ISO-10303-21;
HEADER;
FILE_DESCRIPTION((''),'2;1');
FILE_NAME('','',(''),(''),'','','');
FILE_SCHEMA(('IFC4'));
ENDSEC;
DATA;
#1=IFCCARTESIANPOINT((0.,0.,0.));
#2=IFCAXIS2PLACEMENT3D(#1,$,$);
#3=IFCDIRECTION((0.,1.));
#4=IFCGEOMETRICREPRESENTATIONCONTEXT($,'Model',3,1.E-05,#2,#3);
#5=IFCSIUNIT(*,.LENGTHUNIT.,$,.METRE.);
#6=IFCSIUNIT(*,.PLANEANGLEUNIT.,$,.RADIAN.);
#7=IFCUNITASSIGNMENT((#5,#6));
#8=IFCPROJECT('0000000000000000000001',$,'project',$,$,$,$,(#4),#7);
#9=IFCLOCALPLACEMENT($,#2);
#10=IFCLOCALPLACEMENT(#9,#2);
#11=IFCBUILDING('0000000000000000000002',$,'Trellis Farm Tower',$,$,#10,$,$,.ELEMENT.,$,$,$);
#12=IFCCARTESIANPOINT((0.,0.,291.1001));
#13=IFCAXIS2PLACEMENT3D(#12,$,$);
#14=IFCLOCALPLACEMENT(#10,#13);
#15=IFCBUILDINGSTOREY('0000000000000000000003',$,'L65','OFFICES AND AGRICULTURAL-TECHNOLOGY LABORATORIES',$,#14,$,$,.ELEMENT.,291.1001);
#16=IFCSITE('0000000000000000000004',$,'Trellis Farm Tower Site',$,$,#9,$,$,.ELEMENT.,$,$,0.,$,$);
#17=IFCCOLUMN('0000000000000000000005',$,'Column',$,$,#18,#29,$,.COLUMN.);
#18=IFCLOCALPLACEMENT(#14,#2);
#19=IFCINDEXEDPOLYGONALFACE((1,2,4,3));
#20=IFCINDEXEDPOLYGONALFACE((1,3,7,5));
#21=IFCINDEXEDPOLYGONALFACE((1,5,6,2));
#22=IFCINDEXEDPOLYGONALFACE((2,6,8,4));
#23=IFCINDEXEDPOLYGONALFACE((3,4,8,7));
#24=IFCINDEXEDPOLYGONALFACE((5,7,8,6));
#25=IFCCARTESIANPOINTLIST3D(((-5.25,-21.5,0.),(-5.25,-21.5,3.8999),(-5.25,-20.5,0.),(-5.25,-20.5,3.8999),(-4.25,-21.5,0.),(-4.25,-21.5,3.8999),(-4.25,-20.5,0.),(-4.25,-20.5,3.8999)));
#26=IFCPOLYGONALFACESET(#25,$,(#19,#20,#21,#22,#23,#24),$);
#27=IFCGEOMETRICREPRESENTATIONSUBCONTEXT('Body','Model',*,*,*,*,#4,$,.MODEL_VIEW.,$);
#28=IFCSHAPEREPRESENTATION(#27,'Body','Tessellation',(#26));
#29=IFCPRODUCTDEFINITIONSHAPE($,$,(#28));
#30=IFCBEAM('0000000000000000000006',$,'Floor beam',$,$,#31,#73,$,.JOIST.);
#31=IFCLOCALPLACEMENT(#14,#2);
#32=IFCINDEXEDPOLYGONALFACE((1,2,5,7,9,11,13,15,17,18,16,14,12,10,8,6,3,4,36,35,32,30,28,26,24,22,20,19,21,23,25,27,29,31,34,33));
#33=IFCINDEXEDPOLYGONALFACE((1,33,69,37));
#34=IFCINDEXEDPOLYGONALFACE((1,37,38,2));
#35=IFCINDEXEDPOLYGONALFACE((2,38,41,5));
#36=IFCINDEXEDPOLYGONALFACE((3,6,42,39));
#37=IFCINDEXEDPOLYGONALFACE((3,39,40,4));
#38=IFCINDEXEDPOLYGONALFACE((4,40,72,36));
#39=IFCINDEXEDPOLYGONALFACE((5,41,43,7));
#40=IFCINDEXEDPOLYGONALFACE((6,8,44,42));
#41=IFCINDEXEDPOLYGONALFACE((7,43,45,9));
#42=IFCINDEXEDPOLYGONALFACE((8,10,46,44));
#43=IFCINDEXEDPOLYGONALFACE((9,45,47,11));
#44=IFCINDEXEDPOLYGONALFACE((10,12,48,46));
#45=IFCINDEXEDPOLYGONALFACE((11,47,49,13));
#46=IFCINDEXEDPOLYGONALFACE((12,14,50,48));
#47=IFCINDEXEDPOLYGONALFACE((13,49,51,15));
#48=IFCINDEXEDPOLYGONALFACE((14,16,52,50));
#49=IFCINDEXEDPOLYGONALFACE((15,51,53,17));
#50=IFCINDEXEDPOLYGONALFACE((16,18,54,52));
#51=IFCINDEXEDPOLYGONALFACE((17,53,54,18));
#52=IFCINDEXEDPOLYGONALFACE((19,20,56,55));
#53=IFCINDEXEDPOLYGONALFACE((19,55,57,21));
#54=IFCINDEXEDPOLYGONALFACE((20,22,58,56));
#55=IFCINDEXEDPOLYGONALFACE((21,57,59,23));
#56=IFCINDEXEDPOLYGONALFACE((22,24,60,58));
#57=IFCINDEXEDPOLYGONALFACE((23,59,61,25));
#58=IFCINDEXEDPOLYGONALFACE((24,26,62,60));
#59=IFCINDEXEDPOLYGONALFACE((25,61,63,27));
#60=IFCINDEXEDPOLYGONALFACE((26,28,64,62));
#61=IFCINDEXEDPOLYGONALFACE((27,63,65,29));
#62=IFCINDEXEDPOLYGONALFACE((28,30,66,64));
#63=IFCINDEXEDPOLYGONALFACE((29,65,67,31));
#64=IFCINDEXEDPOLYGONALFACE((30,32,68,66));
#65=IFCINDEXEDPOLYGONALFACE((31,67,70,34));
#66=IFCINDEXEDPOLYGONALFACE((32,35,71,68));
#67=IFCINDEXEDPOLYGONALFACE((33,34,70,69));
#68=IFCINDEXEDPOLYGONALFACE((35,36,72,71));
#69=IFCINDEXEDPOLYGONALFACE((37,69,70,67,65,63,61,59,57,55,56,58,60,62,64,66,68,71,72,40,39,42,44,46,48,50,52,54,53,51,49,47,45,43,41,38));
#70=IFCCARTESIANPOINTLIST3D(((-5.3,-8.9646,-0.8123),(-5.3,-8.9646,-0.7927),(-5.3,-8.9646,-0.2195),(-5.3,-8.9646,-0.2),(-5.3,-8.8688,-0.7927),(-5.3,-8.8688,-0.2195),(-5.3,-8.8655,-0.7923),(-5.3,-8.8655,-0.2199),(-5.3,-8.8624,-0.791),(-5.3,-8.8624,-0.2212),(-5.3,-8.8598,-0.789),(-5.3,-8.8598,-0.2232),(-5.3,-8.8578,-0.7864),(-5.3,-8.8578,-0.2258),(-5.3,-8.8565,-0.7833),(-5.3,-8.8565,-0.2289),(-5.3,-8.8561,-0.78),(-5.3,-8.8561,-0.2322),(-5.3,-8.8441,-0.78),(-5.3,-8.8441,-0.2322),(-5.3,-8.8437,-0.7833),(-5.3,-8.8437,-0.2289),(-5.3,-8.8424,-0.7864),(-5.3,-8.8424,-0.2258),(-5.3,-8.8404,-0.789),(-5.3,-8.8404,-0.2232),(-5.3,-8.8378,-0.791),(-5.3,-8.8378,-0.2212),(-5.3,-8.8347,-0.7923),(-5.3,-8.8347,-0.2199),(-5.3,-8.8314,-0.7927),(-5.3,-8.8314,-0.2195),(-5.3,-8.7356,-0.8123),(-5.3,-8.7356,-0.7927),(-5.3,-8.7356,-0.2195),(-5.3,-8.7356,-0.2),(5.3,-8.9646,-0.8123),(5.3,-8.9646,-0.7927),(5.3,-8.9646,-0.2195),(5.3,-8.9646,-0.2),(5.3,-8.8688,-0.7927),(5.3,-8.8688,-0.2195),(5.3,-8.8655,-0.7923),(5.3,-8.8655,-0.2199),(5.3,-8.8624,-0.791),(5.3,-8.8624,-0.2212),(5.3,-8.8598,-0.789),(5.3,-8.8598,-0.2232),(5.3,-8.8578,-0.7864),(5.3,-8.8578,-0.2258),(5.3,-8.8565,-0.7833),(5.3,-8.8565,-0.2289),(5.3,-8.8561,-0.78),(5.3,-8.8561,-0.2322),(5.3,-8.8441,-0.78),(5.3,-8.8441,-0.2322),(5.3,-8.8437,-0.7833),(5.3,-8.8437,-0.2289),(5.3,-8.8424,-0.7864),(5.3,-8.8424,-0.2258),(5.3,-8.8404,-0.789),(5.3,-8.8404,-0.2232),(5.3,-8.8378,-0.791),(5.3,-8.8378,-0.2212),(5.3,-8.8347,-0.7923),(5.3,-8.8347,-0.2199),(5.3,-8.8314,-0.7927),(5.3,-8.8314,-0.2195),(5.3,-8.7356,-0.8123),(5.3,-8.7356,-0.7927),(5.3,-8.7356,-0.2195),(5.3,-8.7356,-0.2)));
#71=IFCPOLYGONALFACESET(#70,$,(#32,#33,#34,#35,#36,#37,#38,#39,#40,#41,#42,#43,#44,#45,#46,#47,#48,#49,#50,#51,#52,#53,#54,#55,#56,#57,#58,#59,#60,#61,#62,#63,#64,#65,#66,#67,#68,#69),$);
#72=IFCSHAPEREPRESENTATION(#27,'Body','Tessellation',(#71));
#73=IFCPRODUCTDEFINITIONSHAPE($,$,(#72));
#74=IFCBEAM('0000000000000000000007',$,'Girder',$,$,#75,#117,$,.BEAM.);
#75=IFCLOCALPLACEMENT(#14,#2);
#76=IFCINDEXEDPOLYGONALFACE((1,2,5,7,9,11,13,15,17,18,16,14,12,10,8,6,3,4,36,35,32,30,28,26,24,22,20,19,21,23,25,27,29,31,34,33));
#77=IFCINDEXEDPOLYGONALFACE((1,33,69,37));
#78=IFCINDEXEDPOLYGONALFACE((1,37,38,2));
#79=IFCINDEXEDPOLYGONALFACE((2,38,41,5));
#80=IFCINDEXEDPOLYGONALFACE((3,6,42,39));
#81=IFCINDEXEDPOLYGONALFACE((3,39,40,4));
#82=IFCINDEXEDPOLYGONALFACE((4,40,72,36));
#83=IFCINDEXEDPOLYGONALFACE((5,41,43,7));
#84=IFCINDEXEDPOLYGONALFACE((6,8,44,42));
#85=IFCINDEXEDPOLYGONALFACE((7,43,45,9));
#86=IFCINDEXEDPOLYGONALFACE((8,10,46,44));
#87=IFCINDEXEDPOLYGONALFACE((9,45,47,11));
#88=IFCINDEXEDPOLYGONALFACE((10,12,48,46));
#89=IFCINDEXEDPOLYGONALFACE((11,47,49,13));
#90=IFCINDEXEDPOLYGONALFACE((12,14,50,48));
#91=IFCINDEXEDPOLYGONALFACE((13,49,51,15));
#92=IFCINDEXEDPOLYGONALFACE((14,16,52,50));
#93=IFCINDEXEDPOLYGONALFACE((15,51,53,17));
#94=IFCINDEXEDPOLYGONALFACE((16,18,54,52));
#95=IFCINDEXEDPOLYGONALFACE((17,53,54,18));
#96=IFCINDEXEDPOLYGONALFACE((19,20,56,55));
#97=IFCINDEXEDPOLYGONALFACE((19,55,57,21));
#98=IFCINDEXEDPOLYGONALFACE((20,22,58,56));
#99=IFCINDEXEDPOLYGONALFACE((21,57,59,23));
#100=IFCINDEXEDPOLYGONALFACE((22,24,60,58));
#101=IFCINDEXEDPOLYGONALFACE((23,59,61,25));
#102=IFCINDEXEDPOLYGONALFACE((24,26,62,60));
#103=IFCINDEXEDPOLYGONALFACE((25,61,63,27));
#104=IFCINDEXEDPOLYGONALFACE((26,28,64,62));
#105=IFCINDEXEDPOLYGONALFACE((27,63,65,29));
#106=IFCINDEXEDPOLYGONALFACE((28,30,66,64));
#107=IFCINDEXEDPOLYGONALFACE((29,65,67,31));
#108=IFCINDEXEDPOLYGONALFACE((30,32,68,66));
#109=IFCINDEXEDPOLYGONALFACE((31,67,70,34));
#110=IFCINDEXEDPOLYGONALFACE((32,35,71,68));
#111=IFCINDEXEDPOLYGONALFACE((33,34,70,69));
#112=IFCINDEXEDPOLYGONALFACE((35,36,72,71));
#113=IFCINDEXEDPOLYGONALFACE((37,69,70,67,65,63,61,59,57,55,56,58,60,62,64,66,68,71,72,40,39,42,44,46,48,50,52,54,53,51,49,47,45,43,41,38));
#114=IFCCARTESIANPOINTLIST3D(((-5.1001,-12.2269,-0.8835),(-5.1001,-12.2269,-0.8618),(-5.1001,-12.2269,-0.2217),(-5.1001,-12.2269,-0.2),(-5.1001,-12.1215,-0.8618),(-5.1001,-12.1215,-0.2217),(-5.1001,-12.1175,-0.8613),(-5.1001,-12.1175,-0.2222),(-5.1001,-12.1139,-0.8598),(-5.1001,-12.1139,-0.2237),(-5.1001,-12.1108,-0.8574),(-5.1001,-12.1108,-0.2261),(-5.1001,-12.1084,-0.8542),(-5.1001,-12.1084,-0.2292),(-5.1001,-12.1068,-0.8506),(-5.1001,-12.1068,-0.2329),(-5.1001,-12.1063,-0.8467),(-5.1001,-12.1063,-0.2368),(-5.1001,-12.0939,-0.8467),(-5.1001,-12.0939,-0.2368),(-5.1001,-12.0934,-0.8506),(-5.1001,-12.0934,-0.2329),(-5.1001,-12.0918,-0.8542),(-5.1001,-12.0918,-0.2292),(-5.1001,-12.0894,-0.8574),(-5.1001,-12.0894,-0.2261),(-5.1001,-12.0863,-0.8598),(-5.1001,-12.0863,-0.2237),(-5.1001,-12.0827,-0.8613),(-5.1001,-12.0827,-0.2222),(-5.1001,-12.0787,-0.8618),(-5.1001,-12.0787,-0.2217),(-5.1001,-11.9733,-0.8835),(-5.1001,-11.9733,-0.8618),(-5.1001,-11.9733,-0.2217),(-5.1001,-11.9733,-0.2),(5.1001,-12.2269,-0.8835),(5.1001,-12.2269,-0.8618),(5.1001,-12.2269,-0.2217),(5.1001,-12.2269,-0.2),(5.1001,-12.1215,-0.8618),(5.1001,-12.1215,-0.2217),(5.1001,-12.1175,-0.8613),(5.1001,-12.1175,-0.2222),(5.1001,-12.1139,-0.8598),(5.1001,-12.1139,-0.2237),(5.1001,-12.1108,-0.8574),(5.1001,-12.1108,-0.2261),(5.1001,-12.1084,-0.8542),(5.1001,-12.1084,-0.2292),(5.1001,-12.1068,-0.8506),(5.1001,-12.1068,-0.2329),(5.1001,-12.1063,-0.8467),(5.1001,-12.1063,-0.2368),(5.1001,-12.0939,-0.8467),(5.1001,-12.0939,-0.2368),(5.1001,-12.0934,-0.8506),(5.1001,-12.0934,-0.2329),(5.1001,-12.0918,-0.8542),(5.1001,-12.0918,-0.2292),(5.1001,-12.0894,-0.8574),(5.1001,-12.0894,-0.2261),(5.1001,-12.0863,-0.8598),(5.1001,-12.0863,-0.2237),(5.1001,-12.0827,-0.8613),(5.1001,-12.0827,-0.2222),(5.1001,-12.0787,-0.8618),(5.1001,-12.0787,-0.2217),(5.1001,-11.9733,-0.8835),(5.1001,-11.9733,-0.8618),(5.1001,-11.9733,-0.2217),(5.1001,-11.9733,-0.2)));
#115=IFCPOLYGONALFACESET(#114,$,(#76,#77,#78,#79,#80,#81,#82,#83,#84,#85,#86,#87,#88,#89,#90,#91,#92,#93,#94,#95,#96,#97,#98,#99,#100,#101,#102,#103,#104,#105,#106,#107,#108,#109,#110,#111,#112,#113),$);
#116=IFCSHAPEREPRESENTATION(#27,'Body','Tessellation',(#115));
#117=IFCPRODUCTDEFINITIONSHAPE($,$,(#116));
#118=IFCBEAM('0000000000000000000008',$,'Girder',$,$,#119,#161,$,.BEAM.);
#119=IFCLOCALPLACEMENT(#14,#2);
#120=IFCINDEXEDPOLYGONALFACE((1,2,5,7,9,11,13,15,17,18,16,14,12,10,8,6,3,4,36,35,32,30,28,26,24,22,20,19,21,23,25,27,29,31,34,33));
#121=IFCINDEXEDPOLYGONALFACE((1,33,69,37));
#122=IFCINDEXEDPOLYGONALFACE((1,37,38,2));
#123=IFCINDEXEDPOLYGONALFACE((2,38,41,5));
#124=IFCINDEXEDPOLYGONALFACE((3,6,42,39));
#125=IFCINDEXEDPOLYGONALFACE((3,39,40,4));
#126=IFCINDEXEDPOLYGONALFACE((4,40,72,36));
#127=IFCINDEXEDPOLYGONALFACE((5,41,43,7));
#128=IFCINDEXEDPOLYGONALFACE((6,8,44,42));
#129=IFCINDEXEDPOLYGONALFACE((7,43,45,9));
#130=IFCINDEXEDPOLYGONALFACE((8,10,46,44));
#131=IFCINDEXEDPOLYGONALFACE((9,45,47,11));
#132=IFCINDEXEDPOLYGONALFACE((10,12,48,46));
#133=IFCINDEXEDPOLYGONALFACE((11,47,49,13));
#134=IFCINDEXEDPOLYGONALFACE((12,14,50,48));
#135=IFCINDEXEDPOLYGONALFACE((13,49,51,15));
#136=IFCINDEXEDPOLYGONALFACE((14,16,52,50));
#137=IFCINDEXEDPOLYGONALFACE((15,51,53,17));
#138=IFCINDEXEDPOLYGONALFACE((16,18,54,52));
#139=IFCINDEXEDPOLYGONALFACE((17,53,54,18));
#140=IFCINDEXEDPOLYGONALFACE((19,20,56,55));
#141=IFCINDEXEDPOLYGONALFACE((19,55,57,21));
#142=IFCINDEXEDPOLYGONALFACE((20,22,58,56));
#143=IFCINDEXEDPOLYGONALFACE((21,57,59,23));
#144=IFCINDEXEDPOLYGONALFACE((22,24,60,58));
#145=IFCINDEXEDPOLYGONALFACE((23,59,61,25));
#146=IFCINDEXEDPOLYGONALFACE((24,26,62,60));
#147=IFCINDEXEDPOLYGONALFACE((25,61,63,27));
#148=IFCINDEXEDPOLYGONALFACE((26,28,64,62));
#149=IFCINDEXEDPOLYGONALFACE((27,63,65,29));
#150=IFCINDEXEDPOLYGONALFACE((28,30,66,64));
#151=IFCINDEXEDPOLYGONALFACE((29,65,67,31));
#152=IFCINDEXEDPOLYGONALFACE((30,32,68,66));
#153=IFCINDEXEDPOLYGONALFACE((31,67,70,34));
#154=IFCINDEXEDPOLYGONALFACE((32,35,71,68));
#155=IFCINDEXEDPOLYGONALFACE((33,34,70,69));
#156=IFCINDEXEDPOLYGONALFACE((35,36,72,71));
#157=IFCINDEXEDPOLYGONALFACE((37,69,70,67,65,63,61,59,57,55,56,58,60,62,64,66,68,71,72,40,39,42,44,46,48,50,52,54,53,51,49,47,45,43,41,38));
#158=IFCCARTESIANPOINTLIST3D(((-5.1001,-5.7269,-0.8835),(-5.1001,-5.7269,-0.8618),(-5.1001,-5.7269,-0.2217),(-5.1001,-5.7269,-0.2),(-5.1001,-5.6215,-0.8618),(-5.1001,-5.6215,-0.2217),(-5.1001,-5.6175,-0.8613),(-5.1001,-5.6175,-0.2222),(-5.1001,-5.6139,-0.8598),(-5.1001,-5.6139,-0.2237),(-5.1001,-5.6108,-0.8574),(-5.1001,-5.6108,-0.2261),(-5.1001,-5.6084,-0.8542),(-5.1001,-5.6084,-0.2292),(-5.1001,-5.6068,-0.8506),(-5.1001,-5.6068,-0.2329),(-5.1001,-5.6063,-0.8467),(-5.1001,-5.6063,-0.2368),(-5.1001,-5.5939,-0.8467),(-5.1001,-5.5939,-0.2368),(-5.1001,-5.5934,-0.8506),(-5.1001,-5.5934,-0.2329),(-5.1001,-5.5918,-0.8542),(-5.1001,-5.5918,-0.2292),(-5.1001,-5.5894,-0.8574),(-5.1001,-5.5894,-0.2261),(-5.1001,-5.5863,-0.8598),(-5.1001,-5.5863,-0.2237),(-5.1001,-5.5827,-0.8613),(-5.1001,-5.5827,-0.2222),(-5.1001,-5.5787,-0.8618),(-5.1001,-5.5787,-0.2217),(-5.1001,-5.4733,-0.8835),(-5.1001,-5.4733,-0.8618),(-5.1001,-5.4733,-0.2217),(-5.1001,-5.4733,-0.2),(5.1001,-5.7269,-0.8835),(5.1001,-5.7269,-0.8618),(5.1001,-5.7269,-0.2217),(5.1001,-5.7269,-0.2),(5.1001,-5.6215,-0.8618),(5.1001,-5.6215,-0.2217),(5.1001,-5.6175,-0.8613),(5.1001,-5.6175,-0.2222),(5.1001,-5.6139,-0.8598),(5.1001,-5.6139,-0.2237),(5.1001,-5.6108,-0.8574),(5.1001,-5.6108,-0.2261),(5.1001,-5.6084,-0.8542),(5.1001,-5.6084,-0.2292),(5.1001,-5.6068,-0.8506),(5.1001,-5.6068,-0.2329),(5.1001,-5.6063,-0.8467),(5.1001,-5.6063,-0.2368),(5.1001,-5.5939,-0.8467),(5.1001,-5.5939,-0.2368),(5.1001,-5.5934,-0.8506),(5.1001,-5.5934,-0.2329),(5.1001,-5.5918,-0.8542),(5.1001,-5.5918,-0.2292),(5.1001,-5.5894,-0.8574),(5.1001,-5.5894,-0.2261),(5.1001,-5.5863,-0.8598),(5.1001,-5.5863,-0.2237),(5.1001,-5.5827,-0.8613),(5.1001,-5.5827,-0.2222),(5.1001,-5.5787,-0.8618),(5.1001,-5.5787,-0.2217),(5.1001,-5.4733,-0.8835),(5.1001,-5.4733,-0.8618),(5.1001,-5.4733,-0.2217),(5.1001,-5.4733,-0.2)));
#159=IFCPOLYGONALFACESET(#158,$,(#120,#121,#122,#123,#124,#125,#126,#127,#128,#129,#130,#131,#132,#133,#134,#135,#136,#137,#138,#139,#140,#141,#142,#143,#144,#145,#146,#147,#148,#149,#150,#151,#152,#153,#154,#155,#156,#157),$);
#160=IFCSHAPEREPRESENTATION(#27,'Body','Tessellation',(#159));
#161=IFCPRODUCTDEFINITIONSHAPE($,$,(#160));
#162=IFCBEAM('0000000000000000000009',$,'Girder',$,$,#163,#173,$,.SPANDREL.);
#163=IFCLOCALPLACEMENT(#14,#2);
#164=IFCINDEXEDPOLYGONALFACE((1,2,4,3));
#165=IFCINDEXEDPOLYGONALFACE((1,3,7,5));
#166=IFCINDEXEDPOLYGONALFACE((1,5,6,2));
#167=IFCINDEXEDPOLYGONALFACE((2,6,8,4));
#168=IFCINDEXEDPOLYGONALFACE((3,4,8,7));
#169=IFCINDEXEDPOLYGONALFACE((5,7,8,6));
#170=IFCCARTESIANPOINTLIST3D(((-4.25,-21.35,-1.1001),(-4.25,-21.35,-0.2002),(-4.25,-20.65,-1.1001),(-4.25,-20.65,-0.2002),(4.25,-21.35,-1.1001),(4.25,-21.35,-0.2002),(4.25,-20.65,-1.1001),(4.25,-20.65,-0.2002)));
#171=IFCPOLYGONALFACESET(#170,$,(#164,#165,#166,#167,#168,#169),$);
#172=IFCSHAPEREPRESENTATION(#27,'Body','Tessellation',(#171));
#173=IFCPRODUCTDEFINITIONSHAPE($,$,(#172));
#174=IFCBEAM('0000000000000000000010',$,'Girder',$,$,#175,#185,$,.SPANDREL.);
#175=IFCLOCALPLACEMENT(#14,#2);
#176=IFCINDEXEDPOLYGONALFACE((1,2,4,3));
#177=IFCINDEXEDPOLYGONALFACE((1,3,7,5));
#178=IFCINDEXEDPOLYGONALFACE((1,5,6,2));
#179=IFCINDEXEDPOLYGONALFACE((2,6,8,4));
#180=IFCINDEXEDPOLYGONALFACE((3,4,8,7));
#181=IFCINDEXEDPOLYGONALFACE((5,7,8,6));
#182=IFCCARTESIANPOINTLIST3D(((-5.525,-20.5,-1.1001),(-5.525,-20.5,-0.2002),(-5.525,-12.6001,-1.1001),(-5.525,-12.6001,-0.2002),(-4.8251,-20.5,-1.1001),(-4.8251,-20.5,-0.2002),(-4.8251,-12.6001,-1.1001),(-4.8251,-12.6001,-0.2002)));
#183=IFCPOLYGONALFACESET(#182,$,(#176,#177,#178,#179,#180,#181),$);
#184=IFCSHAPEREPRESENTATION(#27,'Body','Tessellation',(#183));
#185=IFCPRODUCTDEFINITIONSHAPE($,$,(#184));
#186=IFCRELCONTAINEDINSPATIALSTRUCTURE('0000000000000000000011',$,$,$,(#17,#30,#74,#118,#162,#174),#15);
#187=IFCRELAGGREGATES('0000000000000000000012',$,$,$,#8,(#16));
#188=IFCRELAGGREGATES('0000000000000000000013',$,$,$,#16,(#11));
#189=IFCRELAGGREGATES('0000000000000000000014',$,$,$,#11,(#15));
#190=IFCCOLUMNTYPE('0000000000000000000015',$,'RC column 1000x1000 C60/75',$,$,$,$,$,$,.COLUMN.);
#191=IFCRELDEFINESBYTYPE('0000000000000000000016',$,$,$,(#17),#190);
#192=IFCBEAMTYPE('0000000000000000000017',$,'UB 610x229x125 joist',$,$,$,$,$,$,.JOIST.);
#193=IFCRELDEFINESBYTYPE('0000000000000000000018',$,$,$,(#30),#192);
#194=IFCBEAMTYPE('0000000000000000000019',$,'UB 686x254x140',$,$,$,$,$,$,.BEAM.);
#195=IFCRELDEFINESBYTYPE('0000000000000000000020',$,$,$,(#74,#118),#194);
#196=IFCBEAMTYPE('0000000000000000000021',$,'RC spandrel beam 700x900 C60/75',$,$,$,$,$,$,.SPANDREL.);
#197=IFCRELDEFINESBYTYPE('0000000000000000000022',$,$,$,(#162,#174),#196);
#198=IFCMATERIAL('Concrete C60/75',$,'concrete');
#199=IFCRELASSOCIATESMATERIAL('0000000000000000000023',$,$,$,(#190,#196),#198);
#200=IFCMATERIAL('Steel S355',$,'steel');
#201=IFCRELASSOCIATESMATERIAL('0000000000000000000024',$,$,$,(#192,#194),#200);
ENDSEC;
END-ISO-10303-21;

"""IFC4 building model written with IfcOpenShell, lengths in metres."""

from ifc_helpers import new_model, si_unit, direction, frame, origin, origin_2d, place, context, subcontext, project, spatial, rectangle, i_section, extrude, source, transform, mapped, material, material_profile, profile_set, type_object, element, save


model = new_model("IFC4")

# Units and contexts
model_context = context("Model", 3, precision=1e-05, world=origin(), true_north=direction((0.0, 1.0)))
body_context = subcontext(model_context, "Body", "Model", "MODEL_VIEW")
ifc_project = project(units=[si_unit("LENGTHUNIT", "METRE"), si_unit("PLANEANGLEUNIT", "RADIAN")], contexts=[model_context])

# Site, building, storey
site_placement = place(None, origin())
site = spatial("IfcSite", under=ifc_project, at=site_placement, Name="Trellis Farm Tower Site", CompositionType="ELEMENT", RefElevation=0.0)
building_placement = place(site_placement, origin())
building = spatial("IfcBuilding", under=site, at=building_placement, Name="Trellis Farm Tower", CompositionType="ELEMENT")
storey_placement = place(building_placement, frame((0.0, 0.0, 291.1001)))
storey = spatial("IfcBuildingStorey", under=building, at=storey_placement, Name="L65", Description="OFFICES AND AGRICULTURAL-TECHNOLOGY LABORATORIES", CompositionType="ELEMENT", Elevation=291.1001)

# Column
ifc_material_1 = material(Name="Concrete C60/75", Category="concrete")
ifc_material_profile_1 = material_profile(ifc_material_1, rectangle(XDim=1.0, YDim=1.0, at=origin_2d()), Name="RC column 1000x1000 C60/75")
ifc_profile_set_1 = profile_set([ifc_material_profile_1], Name="Concrete C60/75")
column_type = type_object("IfcColumnType", Name="RC column 1000x1000 C60/75", PredefinedType="COLUMN", material=ifc_profile_set_1)
shared_shape_1 = source(origin(), body_context, "Body", "SweptSolid", [
    extrude(rectangle(XDim=1.0, YDim=1.0, at=origin_2d()), origin(), (0.0, 0.0, 1.0), 3.8999),
])
column_placement = place(storey_placement, frame((-4.75, -21.0, 0.0), z_axis=(0.0, 0.0, 1.0), x_axis=(1.0, 0.0, 0.0)))
element("IfcColumn", 1, at=column_placement, inside=storey, type_object=column_type, Name="Column", PredefinedType="COLUMN", context=body_context, shape_type="MappedRepresentation", body=[
    mapped(shared_shape_1, transform((0.0, 0.0, 0.0))),
])

# Beams
ifc_material_2 = material(Name="Steel S355", Category="steel")
ifc_material_profile_2 = material_profile(ifc_material_2, i_section(OverallWidth=0.229, OverallDepth=0.6123, WebThickness=0.012, FlangeThickness=0.0195, FilletRadius=0.0127, at=origin_2d()), Name="UB 610x229x125")
ifc_profile_set_2 = profile_set([ifc_material_profile_2], Name="Steel S355")
beam_type_1 = type_object("IfcBeamType", Name="UB 610x229x125 joist", PredefinedType="JOIST", material=ifc_profile_set_2)
shared_shape_2 = source(origin(), body_context, "Body", "SweptSolid", [
    extrude(i_section(OverallWidth=0.229, OverallDepth=0.6123, WebThickness=0.012, FlangeThickness=0.0195, FilletRadius=0.0127, at=origin_2d()), origin(), (0.0, 0.0, 1.0), 10.6001),
])
beam_1_placement = place(storey_placement, frame((-5.3, -8.8501, -0.5061), z_axis=(1.0, 0.0, 0.0), x_axis=(0.0, 1.0, 0.0)))
element("IfcBeam", 2, at=beam_1_placement, inside=storey, type_object=beam_type_1, Name="Floor beam", PredefinedType="JOIST", context=body_context, shape_type="MappedRepresentation", body=[
    mapped(shared_shape_2, transform((0.0, 0.0, 0.0))),
])
ifc_material_profile_3 = material_profile(ifc_material_2, i_section(OverallWidth=0.2537, OverallDepth=0.6836, WebThickness=0.0125, FlangeThickness=0.0217, FilletRadius=0.0151, at=origin_2d()), Name="UB 686x254x140")
ifc_profile_set_3 = profile_set([ifc_material_profile_3], Name="Steel S355")
beam_type_2 = type_object("IfcBeamType", Name="UB 686x254x140", PredefinedType="BEAM", material=ifc_profile_set_3)
shared_shape_3 = source(origin(), body_context, "Body", "SweptSolid", [
    extrude(i_section(OverallWidth=0.2537, OverallDepth=0.6836, WebThickness=0.0125, FlangeThickness=0.0217, FilletRadius=0.0151, at=origin_2d()), origin(), (0.0, 0.0, 1.0), 10.2002),
])
for number, where, z_axis, x_axis, name in (
    (3, (-5.1001, -12.1001, -0.5417), (1.0, 0.0, 0.0), (0.0, 1.0, 0.0), "Girder"),
    (4, (-5.1001, -5.6001, -0.5417), (1.0, 0.0, 0.0), (0.0, 1.0, 0.0), "Girder"),
):
    element("IfcBeam", number, at=place(storey_placement, frame(where, z_axis=z_axis, x_axis=x_axis)), inside=storey, type_object=beam_type_2, Name=name, PredefinedType="BEAM", context=body_context, shape_type="MappedRepresentation", body=[
        mapped(shared_shape_3, transform((0.0, 0.0, 0.0))),
    ])
ifc_material_profile_4 = material_profile(ifc_material_1, rectangle(XDim=0.7, YDim=0.8999, at=origin_2d()), Name="RC spandrel beam 700x900 C60/75")
ifc_profile_set_4 = profile_set([ifc_material_profile_4], Name="Concrete C60/75")
beam_type_3 = type_object("IfcBeamType", Name="RC spandrel beam 700x900 C60/75", PredefinedType="SPANDREL", material=ifc_profile_set_4)
shared_shape_4 = source(origin(), body_context, "Body", "SweptSolid", [
    extrude(rectangle(XDim=0.7, YDim=0.8999, at=origin_2d()), origin(), (0.0, 0.0, 1.0), 8.5),
])
beam_2_placement = place(storey_placement, frame((-4.25, -21.0, -0.6501), z_axis=(1.0, 0.0, 0.0), x_axis=(0.0, 1.0, 0.0)))
element("IfcBeam", 5, at=beam_2_placement, inside=storey, type_object=beam_type_3, Name="Girder", PredefinedType="SPANDREL", context=body_context, shape_type="MappedRepresentation", body=[
    mapped(shared_shape_4, transform((0.0, 0.0, 0.0))),
])
shared_shape_5 = source(origin(), body_context, "Body", "SweptSolid", [
    extrude(rectangle(XDim=0.7, YDim=0.8999, at=origin_2d()), origin(), (0.0, 0.0, 1.0), 7.8999),
])
beam_3_placement = place(storey_placement, frame((-5.175, -20.5, -0.6501), z_axis=(0.0, 1.0, 0.0), x_axis=(-1.0, 0.0, 0.0)))
element("IfcBeam", 6, at=beam_3_placement, inside=storey, type_object=beam_type_3, Name="Girder", PredefinedType="SPANDREL", context=body_context, shape_type="MappedRepresentation", body=[
    mapped(shared_shape_5, transform((0.0, 0.0, 0.0))),
])

save(model, "model.ifc")
